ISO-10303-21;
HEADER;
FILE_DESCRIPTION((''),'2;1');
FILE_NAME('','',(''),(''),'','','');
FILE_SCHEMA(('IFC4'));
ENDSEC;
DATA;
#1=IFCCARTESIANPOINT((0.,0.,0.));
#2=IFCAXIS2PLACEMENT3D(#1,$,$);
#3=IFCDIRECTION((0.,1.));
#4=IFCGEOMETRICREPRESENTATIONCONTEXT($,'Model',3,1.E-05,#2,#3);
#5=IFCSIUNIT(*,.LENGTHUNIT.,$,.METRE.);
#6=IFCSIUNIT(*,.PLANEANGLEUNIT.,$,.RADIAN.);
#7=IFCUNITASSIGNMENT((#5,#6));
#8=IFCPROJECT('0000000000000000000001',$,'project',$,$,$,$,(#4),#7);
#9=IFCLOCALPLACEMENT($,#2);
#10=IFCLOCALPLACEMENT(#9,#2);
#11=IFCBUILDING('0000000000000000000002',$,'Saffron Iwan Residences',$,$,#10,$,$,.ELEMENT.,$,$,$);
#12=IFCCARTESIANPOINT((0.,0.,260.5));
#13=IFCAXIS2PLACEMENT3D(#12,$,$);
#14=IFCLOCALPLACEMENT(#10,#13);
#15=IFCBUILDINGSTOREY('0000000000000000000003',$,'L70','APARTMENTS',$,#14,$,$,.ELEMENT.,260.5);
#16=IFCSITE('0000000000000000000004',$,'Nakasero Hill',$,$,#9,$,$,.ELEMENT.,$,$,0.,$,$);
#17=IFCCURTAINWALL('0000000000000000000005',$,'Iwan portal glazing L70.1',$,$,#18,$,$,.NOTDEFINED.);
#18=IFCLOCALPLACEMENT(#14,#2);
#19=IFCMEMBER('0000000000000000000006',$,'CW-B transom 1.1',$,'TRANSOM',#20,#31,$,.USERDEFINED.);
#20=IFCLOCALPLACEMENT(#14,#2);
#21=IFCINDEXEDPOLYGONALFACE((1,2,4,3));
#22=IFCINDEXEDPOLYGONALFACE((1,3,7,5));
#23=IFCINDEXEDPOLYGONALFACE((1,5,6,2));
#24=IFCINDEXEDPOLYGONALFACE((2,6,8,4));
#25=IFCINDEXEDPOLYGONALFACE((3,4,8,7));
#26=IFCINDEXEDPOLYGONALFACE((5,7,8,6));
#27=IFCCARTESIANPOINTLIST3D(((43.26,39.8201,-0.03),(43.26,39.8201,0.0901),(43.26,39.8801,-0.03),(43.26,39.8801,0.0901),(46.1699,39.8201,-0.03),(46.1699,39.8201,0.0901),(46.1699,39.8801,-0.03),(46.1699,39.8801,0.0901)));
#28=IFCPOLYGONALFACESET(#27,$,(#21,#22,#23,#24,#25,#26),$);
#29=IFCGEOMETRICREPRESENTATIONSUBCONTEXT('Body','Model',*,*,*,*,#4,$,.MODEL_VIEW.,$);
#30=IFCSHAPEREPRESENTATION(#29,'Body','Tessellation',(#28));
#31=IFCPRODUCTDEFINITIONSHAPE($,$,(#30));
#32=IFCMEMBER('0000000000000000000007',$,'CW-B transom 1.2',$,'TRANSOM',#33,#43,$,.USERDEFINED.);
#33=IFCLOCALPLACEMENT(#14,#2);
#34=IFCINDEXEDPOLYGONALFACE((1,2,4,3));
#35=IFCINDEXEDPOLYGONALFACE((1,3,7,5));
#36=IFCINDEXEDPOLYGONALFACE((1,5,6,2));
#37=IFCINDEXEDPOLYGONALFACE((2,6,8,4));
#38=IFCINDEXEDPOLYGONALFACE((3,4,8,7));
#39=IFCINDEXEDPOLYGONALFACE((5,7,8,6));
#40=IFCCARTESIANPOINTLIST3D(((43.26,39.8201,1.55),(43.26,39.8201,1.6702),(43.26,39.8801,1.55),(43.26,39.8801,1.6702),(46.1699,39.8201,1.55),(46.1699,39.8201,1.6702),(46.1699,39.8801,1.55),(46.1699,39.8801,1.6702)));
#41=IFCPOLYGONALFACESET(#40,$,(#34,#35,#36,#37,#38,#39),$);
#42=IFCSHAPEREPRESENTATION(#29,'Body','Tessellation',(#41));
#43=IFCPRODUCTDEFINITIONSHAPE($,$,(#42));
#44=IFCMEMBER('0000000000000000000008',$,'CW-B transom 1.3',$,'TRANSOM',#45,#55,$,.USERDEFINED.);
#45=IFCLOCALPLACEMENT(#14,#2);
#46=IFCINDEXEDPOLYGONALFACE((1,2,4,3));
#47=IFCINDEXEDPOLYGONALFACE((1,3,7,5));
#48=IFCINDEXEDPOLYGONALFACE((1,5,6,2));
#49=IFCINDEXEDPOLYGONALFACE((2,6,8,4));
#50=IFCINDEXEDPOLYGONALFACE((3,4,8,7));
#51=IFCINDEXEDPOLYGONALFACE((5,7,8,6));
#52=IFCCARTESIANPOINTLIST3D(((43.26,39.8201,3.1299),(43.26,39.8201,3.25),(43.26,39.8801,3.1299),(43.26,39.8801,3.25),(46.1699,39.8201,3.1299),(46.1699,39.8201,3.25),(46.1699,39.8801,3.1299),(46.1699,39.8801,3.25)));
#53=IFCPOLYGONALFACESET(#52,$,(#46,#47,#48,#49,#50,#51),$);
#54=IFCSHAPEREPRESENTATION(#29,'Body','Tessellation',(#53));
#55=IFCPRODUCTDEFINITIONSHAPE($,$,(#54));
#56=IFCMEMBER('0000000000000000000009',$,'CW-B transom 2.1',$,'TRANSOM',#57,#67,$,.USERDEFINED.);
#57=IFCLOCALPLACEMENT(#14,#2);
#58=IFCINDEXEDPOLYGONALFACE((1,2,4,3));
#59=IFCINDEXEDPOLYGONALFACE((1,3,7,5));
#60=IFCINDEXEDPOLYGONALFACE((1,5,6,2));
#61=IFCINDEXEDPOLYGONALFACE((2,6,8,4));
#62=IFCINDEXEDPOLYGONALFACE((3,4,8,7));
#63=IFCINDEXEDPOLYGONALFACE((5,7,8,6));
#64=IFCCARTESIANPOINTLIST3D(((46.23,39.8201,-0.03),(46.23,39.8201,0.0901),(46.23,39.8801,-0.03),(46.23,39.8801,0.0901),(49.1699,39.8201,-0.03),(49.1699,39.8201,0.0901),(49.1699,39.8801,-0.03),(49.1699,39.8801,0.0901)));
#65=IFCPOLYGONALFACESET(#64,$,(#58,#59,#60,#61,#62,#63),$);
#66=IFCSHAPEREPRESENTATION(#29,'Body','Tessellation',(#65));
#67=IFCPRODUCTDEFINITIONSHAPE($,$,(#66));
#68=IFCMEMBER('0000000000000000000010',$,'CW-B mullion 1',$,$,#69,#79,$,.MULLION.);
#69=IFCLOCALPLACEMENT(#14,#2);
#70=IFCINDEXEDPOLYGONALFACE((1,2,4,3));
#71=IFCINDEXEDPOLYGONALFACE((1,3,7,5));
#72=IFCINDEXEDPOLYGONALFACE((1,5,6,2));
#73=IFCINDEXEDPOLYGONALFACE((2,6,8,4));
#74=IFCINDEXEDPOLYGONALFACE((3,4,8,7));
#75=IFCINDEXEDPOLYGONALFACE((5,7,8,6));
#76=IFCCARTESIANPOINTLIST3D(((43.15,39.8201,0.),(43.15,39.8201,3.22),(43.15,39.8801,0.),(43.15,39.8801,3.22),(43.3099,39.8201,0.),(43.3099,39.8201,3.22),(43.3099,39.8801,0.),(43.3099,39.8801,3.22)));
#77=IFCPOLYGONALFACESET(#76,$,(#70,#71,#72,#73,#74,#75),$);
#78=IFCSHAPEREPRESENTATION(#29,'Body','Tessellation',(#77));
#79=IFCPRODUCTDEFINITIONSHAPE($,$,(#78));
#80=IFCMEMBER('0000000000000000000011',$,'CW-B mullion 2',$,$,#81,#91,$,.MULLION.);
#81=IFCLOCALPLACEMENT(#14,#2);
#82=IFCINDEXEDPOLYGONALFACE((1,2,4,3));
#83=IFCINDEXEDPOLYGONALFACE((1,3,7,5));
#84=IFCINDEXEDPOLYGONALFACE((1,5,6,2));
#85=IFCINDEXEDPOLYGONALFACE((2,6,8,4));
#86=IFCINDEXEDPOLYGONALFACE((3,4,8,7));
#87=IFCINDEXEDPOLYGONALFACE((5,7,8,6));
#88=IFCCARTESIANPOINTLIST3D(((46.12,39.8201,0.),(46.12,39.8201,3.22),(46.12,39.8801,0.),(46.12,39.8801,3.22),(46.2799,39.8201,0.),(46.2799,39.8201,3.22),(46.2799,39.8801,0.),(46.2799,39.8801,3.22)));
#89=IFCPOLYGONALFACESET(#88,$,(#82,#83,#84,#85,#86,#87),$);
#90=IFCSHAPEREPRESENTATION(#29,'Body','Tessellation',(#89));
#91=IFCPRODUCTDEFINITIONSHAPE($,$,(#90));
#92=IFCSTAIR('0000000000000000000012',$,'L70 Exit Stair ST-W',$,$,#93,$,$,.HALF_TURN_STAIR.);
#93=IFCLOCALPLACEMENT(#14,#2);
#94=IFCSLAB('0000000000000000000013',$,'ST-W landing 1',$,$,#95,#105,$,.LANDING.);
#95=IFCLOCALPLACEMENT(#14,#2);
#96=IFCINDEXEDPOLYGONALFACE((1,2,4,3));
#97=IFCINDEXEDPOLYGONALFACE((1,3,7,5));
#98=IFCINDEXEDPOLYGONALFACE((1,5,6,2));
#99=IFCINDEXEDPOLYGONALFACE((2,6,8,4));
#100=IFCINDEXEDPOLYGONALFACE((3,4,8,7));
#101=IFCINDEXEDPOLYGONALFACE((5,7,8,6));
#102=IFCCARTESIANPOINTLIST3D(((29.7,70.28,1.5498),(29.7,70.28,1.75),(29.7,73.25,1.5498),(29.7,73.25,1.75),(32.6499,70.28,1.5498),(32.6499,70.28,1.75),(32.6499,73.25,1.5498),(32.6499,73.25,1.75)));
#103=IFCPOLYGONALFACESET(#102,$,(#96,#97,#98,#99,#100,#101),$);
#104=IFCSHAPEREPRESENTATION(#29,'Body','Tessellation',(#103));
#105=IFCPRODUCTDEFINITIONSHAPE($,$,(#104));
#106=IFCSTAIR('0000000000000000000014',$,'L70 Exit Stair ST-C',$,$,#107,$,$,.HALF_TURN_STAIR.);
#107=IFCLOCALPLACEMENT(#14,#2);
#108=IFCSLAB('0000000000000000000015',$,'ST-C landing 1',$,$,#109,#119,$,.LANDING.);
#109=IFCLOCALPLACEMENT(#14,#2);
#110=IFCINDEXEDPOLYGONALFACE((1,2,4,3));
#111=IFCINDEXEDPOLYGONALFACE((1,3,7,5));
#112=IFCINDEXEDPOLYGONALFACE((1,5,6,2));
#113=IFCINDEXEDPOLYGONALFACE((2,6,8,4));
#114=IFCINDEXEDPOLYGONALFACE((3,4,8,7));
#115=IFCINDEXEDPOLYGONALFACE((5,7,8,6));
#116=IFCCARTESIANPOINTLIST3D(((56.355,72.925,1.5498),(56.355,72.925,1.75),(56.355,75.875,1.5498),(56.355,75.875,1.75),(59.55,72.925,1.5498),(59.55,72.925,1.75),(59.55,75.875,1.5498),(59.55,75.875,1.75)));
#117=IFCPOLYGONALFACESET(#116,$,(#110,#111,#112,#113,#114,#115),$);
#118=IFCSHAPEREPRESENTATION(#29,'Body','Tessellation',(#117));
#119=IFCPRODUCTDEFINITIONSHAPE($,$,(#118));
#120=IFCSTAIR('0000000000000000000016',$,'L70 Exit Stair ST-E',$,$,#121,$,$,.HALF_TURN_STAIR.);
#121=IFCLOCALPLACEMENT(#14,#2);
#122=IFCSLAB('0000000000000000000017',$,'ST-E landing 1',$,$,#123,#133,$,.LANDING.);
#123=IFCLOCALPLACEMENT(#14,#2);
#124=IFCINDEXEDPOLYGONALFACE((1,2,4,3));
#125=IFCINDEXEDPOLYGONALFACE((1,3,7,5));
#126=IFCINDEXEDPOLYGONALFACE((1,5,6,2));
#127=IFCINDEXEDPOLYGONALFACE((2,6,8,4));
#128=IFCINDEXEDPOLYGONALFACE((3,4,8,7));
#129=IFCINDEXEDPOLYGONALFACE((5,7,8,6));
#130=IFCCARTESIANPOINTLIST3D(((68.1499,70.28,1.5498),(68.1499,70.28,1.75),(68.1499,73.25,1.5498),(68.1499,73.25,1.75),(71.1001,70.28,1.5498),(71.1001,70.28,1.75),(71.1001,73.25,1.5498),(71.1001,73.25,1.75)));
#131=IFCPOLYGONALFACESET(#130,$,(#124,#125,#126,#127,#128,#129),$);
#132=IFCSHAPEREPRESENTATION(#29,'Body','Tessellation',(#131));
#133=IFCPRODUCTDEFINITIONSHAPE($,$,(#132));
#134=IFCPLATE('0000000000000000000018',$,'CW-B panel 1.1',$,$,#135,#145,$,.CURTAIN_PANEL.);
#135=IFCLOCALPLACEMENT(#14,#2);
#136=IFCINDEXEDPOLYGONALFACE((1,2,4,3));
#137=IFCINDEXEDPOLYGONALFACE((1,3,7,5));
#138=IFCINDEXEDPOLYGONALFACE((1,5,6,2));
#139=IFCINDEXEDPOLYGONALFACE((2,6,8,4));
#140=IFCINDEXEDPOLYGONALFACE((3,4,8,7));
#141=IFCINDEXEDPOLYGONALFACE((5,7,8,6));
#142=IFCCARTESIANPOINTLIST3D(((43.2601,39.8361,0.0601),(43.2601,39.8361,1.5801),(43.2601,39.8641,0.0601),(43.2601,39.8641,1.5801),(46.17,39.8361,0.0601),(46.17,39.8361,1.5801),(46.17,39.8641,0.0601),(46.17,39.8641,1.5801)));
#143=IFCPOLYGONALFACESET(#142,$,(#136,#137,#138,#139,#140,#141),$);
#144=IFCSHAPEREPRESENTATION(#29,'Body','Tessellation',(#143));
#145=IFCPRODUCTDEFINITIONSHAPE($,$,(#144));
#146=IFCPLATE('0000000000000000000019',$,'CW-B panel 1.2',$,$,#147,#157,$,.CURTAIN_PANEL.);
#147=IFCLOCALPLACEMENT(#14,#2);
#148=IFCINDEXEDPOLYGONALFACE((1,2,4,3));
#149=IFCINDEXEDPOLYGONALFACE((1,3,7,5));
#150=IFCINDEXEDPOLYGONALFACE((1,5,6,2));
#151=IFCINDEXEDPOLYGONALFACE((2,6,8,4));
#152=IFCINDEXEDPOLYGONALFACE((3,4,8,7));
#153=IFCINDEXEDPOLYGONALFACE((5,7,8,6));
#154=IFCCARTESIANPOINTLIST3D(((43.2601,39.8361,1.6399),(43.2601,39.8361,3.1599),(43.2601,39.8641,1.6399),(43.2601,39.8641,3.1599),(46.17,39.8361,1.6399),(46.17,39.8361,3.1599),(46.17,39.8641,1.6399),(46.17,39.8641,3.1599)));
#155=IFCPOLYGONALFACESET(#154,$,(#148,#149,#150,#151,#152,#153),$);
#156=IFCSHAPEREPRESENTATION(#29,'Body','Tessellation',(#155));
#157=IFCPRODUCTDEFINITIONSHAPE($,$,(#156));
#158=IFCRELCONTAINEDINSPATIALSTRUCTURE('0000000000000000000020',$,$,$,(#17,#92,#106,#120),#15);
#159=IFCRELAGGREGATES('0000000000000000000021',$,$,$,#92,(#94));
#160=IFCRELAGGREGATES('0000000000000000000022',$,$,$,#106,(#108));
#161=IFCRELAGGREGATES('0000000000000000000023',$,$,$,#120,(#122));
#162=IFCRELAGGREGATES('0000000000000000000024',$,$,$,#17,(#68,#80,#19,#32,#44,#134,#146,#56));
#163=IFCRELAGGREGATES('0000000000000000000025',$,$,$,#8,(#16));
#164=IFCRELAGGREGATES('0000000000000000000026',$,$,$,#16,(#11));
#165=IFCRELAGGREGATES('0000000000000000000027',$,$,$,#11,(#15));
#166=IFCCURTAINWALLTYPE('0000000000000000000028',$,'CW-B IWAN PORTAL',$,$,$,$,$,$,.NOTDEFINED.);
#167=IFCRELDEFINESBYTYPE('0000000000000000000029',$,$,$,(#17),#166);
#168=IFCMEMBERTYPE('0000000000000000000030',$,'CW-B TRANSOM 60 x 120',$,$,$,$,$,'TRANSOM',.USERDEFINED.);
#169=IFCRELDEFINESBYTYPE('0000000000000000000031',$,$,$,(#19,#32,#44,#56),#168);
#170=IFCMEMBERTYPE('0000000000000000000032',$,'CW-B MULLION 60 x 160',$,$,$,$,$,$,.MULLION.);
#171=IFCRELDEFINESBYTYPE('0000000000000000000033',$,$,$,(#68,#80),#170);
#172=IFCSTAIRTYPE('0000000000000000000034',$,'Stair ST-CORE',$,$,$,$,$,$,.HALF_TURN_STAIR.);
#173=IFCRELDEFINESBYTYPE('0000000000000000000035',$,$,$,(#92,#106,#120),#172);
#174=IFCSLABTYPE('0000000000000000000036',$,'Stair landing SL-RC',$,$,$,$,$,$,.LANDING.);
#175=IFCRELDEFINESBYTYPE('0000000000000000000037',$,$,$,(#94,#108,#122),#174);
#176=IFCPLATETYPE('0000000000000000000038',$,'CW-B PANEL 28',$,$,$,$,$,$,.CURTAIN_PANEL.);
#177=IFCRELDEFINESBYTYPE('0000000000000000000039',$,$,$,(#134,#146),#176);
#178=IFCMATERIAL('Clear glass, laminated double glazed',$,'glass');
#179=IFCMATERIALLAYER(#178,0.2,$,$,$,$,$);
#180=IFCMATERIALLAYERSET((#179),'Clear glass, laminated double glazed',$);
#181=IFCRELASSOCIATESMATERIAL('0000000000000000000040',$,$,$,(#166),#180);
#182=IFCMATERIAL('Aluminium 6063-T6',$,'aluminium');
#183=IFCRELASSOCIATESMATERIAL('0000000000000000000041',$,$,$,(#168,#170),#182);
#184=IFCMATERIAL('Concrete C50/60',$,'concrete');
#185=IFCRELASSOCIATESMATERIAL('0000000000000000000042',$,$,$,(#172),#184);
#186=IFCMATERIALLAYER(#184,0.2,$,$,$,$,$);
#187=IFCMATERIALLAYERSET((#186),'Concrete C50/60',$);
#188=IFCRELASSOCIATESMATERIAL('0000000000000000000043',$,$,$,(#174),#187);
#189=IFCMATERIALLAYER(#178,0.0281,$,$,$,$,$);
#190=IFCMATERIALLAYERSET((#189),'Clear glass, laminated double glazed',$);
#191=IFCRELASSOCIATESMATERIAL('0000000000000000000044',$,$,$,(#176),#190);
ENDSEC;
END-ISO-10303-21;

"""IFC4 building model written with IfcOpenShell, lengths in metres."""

from ifc_helpers import new_model, si_unit, direction, frame, origin, origin_2d, place, context, subcontext, project, spatial, polyline, rectangle, outline, extrude, source, transform, mapped, material, layer, layer_set, material_profile, profile_set, type_object, element, aggregate, save


model = new_model("IFC4")

# Units and contexts
model_context = context("Model", 3, precision=1e-05, world=origin(), true_north=direction((0.0, 1.0)))
body_context = subcontext(model_context, "Body", "Model", "MODEL_VIEW")
ifc_project = project(units=[si_unit("LENGTHUNIT", "METRE"), si_unit("PLANEANGLEUNIT", "RADIAN")], contexts=[model_context])

# Site, building, storey
site_placement = place(None, origin())
site = spatial("IfcSite", under=ifc_project, at=site_placement, Name="Nakasero Hill", CompositionType="ELEMENT", RefElevation=0.0)
building_placement = place(site_placement, origin())
building = spatial("IfcBuilding", under=site, at=building_placement, Name="Saffron Iwan Residences", CompositionType="ELEMENT")
storey_placement = place(building_placement, frame((0.0, 0.0, 260.5)))
storey = spatial("IfcBuildingStorey", under=building, at=storey_placement, Name="L70", Description="APARTMENTS", CompositionType="ELEMENT", Elevation=260.5)

# Curtain wall, members
ifc_material_1 = material(Name="Clear glass, laminated double glazed", Category="glass")
ifc_layer_1 = layer(ifc_material_1, 0.2)
ifc_layer_set_1 = layer_set([ifc_layer_1], Name="Clear glass, laminated double glazed")
curtain_wall_type = type_object("IfcCurtainWallType", Name="CW-B IWAN PORTAL", PredefinedType="NOTDEFINED", material=ifc_layer_set_1)
curtain_wall_placement = place(storey_placement, origin())
curtain_wall = element("IfcCurtainWall", 1, at=curtain_wall_placement, inside=storey, type_object=curtain_wall_type, Name="Iwan portal glazing L70.1", PredefinedType="NOTDEFINED")
ifc_material_2 = material(Name="Aluminium 6063-T6", Category="aluminium")
ifc_material_profile_1 = material_profile(ifc_material_2, rectangle(XDim=0.0601, YDim=0.1201, at=origin_2d()), Name="CW-B TRANSOM 60 x 120")
ifc_profile_set_1 = profile_set([ifc_material_profile_1], Name="Aluminium 6063-T6")
member_type_1 = type_object("IfcMemberType", Name="CW-B TRANSOM 60 x 120", ElementType="TRANSOM", PredefinedType="USERDEFINED", material=ifc_profile_set_1)
shared_shape_1 = source(origin(), body_context, "Body", "SweptSolid", [
    extrude(rectangle(XDim=0.0601, YDim=0.1201, at=origin_2d()), origin(), (0.0, 0.0, 1.0), 2.9099),
])
member_1_placement = place(storey_placement, frame((43.26, 39.8501, 0.03), z_axis=(1.0, 0.0, 0.0), x_axis=(0.0, 1.0, 0.0)))
member_1 = element("IfcMember", 2, at=member_1_placement, type_object=member_type_1, Name="CW-B transom 1.1", ObjectType="TRANSOM", PredefinedType="USERDEFINED", context=body_context, shape_type="MappedRepresentation", body=[
    mapped(shared_shape_1, transform((0.0, 0.0, 0.0))),
])
member_2_placement = place(storey_placement, frame((43.26, 39.8501, 1.6101), z_axis=(1.0, 0.0, 0.0), x_axis=(0.0, 1.0, 0.0)))
member_2 = element("IfcMember", 3, at=member_2_placement, type_object=member_type_1, Name="CW-B transom 1.2", ObjectType="TRANSOM", PredefinedType="USERDEFINED", context=body_context, shape_type="MappedRepresentation", body=[
    mapped(shared_shape_1, transform((0.0, 0.0, 0.0))),
])
member_3_placement = place(storey_placement, frame((43.26, 39.8501, 3.1899), z_axis=(1.0, 0.0, 0.0), x_axis=(0.0, 1.0, 0.0)))
member_3 = element("IfcMember", 4, at=member_3_placement, type_object=member_type_1, Name="CW-B transom 1.3", ObjectType="TRANSOM", PredefinedType="USERDEFINED", context=body_context, shape_type="MappedRepresentation", body=[
    mapped(shared_shape_1, transform((0.0, 0.0, 0.0))),
])
shared_shape_2 = source(origin(), body_context, "Body", "SweptSolid", [
    extrude(rectangle(XDim=0.0601, YDim=0.1201, at=origin_2d()), origin(), (0.0, 0.0, 1.0), 2.9399),
])
member_4_placement = place(storey_placement, frame((46.23, 39.8501, 0.03), z_axis=(1.0, 0.0, 0.0), x_axis=(0.0, 1.0, 0.0)))
member_4 = element("IfcMember", 5, at=member_4_placement, type_object=member_type_1, Name="CW-B transom 2.1", ObjectType="TRANSOM", PredefinedType="USERDEFINED", context=body_context, shape_type="MappedRepresentation", body=[
    mapped(shared_shape_2, transform((0.0, 0.0, 0.0))),
])
ifc_material_profile_2 = material_profile(ifc_material_2, rectangle(XDim=0.0601, YDim=0.1599, at=origin_2d()), Name="CW-B MULLION 60 x 160")
ifc_profile_set_2 = profile_set([ifc_material_profile_2], Name="Aluminium 6063-T6")
member_type_2 = type_object("IfcMemberType", Name="CW-B MULLION 60 x 160", PredefinedType="MULLION", material=ifc_profile_set_2)
shared_shape_3 = source(origin(), body_context, "Body", "SweptSolid", [
    extrude(rectangle(XDim=0.0601, YDim=0.1599, at=origin_2d()), origin(), (0.0, 0.0, 1.0), 3.22),
])
member_5_placement = place(storey_placement, frame((43.23, 39.8501, 0.0), z_axis=(0.0, 0.0, 1.0), x_axis=(0.0, 1.0, 0.0)))
member_5 = element("IfcMember", 6, at=member_5_placement, type_object=member_type_2, Name="CW-B mullion 1", PredefinedType="MULLION", context=body_context, shape_type="MappedRepresentation", body=[
    mapped(shared_shape_3, transform((0.0, 0.0, 0.0))),
])
member_6_placement = place(storey_placement, frame((46.2, 39.8501, 0.0), z_axis=(0.0, 0.0, 1.0), x_axis=(0.0, 1.0, 0.0)))
member_6 = element("IfcMember", 7, at=member_6_placement, type_object=member_type_2, Name="CW-B mullion 2", PredefinedType="MULLION", context=body_context, shape_type="MappedRepresentation", body=[
    mapped(shared_shape_3, transform((0.0, 0.0, 0.0))),
])

# Stairs, slabs
ifc_material_3 = material(Name="Concrete C50/60", Category="concrete")
stair_type = type_object("IfcStairType", Name="Stair ST-CORE", PredefinedType="HALF_TURN_STAIR", material=ifc_material_3)
stair_1_placement = place(storey_placement, origin())
stair_1 = element("IfcStair", 8, at=stair_1_placement, inside=storey, type_object=stair_type, Name="L70 Exit Stair ST-W", PredefinedType="HALF_TURN_STAIR")
ifc_layer_2 = layer(ifc_material_3, 0.2)
ifc_layer_set_2 = layer_set([ifc_layer_2], Name="Concrete C50/60")
slab_type = type_object("IfcSlabType", Name="Stair landing SL-RC", PredefinedType="LANDING", material=ifc_layer_set_2)
slab_1_placement = place(storey_placement, frame((0.0, 0.0, 1.5498)))
slab_1 = element("IfcSlab", 9, at=slab_1_placement, type_object=slab_type, Name="ST-W landing 1", PredefinedType="LANDING", context=body_context, shape_type="SweptSolid", body=[
    extrude(outline(polyline([(32.6499, 70.28), (32.6499, 73.25), (29.7, 73.25), (29.7, 70.28), (32.6499, 70.28)])), origin(), (0.0, 0.0, 1.0), 0.2002),
])
aggregate(stair_1, [slab_1])
stair_2_placement = place(storey_placement, origin())
stair_2 = element("IfcStair", 10, at=stair_2_placement, inside=storey, type_object=stair_type, Name="L70 Exit Stair ST-C", PredefinedType="HALF_TURN_STAIR")
slab_2_placement = place(storey_placement, frame((0.0, 0.0, 1.5498)))
slab_2 = element("IfcSlab", 11, at=slab_2_placement, type_object=slab_type, Name="ST-C landing 1", PredefinedType="LANDING", context=body_context, shape_type="SweptSolid", body=[
    extrude(outline(polyline([(56.355, 72.925), (59.55, 72.925), (59.55, 75.875), (56.355, 75.875), (56.355, 72.925)])), origin(), (0.0, 0.0, 1.0), 0.2002),
])
aggregate(stair_2, [slab_2])
stair_3_placement = place(storey_placement, origin())
stair_3 = element("IfcStair", 12, at=stair_3_placement, inside=storey, type_object=stair_type, Name="L70 Exit Stair ST-E", PredefinedType="HALF_TURN_STAIR")
slab_3_placement = place(storey_placement, frame((0.0, 0.0, 1.5498)))
slab_3 = element("IfcSlab", 13, at=slab_3_placement, type_object=slab_type, Name="ST-E landing 1", PredefinedType="LANDING", context=body_context, shape_type="SweptSolid", body=[
    extrude(outline(polyline([(71.1001, 70.28), (71.1001, 73.25), (68.1499, 73.25), (68.1499, 70.28), (71.1001, 70.28)])), origin(), (0.0, 0.0, 1.0), 0.2002),
])
aggregate(stair_3, [slab_3])

# Plates
ifc_layer_3 = layer(ifc_material_1, 0.0281)
ifc_layer_set_3 = layer_set([ifc_layer_3], Name="Clear glass, laminated double glazed")
plate_type = type_object("IfcPlateType", Name="CW-B PANEL 28", PredefinedType="CURTAIN_PANEL", material=ifc_layer_set_3)
shared_shape_4 = source(origin(), body_context, "Body", "SweptSolid", [
    extrude(rectangle(XDim=2.9099, YDim=0.0281, at=origin_2d()), origin(), (0.0, 0.0, 1.0), 1.52),
])
plate_1_placement = place(storey_placement, frame((44.7151, 39.8501, 0.0601), z_axis=(0.0, 0.0, 1.0), x_axis=(1.0, 0.0, 0.0)))
plate_1 = element("IfcPlate", 14, at=plate_1_placement, type_object=plate_type, Name="CW-B panel 1.1", PredefinedType="CURTAIN_PANEL", context=body_context, shape_type="MappedRepresentation", body=[
    mapped(shared_shape_4, transform((0.0, 0.0, 0.0))),
])
plate_2_placement = place(storey_placement, frame((44.7151, 39.8501, 1.6399), z_axis=(0.0, 0.0, 1.0), x_axis=(1.0, 0.0, 0.0)))
plate_2 = element("IfcPlate", 15, at=plate_2_placement, type_object=plate_type, Name="CW-B panel 1.2", PredefinedType="CURTAIN_PANEL", context=body_context, shape_type="MappedRepresentation", body=[
    mapped(shared_shape_4, transform((0.0, 0.0, 0.0))),
])
aggregate(curtain_wall, [member_5, member_6, member_1, member_2, member_3, plate_1, plate_2, member_4])

save(model, "model.ifc")
